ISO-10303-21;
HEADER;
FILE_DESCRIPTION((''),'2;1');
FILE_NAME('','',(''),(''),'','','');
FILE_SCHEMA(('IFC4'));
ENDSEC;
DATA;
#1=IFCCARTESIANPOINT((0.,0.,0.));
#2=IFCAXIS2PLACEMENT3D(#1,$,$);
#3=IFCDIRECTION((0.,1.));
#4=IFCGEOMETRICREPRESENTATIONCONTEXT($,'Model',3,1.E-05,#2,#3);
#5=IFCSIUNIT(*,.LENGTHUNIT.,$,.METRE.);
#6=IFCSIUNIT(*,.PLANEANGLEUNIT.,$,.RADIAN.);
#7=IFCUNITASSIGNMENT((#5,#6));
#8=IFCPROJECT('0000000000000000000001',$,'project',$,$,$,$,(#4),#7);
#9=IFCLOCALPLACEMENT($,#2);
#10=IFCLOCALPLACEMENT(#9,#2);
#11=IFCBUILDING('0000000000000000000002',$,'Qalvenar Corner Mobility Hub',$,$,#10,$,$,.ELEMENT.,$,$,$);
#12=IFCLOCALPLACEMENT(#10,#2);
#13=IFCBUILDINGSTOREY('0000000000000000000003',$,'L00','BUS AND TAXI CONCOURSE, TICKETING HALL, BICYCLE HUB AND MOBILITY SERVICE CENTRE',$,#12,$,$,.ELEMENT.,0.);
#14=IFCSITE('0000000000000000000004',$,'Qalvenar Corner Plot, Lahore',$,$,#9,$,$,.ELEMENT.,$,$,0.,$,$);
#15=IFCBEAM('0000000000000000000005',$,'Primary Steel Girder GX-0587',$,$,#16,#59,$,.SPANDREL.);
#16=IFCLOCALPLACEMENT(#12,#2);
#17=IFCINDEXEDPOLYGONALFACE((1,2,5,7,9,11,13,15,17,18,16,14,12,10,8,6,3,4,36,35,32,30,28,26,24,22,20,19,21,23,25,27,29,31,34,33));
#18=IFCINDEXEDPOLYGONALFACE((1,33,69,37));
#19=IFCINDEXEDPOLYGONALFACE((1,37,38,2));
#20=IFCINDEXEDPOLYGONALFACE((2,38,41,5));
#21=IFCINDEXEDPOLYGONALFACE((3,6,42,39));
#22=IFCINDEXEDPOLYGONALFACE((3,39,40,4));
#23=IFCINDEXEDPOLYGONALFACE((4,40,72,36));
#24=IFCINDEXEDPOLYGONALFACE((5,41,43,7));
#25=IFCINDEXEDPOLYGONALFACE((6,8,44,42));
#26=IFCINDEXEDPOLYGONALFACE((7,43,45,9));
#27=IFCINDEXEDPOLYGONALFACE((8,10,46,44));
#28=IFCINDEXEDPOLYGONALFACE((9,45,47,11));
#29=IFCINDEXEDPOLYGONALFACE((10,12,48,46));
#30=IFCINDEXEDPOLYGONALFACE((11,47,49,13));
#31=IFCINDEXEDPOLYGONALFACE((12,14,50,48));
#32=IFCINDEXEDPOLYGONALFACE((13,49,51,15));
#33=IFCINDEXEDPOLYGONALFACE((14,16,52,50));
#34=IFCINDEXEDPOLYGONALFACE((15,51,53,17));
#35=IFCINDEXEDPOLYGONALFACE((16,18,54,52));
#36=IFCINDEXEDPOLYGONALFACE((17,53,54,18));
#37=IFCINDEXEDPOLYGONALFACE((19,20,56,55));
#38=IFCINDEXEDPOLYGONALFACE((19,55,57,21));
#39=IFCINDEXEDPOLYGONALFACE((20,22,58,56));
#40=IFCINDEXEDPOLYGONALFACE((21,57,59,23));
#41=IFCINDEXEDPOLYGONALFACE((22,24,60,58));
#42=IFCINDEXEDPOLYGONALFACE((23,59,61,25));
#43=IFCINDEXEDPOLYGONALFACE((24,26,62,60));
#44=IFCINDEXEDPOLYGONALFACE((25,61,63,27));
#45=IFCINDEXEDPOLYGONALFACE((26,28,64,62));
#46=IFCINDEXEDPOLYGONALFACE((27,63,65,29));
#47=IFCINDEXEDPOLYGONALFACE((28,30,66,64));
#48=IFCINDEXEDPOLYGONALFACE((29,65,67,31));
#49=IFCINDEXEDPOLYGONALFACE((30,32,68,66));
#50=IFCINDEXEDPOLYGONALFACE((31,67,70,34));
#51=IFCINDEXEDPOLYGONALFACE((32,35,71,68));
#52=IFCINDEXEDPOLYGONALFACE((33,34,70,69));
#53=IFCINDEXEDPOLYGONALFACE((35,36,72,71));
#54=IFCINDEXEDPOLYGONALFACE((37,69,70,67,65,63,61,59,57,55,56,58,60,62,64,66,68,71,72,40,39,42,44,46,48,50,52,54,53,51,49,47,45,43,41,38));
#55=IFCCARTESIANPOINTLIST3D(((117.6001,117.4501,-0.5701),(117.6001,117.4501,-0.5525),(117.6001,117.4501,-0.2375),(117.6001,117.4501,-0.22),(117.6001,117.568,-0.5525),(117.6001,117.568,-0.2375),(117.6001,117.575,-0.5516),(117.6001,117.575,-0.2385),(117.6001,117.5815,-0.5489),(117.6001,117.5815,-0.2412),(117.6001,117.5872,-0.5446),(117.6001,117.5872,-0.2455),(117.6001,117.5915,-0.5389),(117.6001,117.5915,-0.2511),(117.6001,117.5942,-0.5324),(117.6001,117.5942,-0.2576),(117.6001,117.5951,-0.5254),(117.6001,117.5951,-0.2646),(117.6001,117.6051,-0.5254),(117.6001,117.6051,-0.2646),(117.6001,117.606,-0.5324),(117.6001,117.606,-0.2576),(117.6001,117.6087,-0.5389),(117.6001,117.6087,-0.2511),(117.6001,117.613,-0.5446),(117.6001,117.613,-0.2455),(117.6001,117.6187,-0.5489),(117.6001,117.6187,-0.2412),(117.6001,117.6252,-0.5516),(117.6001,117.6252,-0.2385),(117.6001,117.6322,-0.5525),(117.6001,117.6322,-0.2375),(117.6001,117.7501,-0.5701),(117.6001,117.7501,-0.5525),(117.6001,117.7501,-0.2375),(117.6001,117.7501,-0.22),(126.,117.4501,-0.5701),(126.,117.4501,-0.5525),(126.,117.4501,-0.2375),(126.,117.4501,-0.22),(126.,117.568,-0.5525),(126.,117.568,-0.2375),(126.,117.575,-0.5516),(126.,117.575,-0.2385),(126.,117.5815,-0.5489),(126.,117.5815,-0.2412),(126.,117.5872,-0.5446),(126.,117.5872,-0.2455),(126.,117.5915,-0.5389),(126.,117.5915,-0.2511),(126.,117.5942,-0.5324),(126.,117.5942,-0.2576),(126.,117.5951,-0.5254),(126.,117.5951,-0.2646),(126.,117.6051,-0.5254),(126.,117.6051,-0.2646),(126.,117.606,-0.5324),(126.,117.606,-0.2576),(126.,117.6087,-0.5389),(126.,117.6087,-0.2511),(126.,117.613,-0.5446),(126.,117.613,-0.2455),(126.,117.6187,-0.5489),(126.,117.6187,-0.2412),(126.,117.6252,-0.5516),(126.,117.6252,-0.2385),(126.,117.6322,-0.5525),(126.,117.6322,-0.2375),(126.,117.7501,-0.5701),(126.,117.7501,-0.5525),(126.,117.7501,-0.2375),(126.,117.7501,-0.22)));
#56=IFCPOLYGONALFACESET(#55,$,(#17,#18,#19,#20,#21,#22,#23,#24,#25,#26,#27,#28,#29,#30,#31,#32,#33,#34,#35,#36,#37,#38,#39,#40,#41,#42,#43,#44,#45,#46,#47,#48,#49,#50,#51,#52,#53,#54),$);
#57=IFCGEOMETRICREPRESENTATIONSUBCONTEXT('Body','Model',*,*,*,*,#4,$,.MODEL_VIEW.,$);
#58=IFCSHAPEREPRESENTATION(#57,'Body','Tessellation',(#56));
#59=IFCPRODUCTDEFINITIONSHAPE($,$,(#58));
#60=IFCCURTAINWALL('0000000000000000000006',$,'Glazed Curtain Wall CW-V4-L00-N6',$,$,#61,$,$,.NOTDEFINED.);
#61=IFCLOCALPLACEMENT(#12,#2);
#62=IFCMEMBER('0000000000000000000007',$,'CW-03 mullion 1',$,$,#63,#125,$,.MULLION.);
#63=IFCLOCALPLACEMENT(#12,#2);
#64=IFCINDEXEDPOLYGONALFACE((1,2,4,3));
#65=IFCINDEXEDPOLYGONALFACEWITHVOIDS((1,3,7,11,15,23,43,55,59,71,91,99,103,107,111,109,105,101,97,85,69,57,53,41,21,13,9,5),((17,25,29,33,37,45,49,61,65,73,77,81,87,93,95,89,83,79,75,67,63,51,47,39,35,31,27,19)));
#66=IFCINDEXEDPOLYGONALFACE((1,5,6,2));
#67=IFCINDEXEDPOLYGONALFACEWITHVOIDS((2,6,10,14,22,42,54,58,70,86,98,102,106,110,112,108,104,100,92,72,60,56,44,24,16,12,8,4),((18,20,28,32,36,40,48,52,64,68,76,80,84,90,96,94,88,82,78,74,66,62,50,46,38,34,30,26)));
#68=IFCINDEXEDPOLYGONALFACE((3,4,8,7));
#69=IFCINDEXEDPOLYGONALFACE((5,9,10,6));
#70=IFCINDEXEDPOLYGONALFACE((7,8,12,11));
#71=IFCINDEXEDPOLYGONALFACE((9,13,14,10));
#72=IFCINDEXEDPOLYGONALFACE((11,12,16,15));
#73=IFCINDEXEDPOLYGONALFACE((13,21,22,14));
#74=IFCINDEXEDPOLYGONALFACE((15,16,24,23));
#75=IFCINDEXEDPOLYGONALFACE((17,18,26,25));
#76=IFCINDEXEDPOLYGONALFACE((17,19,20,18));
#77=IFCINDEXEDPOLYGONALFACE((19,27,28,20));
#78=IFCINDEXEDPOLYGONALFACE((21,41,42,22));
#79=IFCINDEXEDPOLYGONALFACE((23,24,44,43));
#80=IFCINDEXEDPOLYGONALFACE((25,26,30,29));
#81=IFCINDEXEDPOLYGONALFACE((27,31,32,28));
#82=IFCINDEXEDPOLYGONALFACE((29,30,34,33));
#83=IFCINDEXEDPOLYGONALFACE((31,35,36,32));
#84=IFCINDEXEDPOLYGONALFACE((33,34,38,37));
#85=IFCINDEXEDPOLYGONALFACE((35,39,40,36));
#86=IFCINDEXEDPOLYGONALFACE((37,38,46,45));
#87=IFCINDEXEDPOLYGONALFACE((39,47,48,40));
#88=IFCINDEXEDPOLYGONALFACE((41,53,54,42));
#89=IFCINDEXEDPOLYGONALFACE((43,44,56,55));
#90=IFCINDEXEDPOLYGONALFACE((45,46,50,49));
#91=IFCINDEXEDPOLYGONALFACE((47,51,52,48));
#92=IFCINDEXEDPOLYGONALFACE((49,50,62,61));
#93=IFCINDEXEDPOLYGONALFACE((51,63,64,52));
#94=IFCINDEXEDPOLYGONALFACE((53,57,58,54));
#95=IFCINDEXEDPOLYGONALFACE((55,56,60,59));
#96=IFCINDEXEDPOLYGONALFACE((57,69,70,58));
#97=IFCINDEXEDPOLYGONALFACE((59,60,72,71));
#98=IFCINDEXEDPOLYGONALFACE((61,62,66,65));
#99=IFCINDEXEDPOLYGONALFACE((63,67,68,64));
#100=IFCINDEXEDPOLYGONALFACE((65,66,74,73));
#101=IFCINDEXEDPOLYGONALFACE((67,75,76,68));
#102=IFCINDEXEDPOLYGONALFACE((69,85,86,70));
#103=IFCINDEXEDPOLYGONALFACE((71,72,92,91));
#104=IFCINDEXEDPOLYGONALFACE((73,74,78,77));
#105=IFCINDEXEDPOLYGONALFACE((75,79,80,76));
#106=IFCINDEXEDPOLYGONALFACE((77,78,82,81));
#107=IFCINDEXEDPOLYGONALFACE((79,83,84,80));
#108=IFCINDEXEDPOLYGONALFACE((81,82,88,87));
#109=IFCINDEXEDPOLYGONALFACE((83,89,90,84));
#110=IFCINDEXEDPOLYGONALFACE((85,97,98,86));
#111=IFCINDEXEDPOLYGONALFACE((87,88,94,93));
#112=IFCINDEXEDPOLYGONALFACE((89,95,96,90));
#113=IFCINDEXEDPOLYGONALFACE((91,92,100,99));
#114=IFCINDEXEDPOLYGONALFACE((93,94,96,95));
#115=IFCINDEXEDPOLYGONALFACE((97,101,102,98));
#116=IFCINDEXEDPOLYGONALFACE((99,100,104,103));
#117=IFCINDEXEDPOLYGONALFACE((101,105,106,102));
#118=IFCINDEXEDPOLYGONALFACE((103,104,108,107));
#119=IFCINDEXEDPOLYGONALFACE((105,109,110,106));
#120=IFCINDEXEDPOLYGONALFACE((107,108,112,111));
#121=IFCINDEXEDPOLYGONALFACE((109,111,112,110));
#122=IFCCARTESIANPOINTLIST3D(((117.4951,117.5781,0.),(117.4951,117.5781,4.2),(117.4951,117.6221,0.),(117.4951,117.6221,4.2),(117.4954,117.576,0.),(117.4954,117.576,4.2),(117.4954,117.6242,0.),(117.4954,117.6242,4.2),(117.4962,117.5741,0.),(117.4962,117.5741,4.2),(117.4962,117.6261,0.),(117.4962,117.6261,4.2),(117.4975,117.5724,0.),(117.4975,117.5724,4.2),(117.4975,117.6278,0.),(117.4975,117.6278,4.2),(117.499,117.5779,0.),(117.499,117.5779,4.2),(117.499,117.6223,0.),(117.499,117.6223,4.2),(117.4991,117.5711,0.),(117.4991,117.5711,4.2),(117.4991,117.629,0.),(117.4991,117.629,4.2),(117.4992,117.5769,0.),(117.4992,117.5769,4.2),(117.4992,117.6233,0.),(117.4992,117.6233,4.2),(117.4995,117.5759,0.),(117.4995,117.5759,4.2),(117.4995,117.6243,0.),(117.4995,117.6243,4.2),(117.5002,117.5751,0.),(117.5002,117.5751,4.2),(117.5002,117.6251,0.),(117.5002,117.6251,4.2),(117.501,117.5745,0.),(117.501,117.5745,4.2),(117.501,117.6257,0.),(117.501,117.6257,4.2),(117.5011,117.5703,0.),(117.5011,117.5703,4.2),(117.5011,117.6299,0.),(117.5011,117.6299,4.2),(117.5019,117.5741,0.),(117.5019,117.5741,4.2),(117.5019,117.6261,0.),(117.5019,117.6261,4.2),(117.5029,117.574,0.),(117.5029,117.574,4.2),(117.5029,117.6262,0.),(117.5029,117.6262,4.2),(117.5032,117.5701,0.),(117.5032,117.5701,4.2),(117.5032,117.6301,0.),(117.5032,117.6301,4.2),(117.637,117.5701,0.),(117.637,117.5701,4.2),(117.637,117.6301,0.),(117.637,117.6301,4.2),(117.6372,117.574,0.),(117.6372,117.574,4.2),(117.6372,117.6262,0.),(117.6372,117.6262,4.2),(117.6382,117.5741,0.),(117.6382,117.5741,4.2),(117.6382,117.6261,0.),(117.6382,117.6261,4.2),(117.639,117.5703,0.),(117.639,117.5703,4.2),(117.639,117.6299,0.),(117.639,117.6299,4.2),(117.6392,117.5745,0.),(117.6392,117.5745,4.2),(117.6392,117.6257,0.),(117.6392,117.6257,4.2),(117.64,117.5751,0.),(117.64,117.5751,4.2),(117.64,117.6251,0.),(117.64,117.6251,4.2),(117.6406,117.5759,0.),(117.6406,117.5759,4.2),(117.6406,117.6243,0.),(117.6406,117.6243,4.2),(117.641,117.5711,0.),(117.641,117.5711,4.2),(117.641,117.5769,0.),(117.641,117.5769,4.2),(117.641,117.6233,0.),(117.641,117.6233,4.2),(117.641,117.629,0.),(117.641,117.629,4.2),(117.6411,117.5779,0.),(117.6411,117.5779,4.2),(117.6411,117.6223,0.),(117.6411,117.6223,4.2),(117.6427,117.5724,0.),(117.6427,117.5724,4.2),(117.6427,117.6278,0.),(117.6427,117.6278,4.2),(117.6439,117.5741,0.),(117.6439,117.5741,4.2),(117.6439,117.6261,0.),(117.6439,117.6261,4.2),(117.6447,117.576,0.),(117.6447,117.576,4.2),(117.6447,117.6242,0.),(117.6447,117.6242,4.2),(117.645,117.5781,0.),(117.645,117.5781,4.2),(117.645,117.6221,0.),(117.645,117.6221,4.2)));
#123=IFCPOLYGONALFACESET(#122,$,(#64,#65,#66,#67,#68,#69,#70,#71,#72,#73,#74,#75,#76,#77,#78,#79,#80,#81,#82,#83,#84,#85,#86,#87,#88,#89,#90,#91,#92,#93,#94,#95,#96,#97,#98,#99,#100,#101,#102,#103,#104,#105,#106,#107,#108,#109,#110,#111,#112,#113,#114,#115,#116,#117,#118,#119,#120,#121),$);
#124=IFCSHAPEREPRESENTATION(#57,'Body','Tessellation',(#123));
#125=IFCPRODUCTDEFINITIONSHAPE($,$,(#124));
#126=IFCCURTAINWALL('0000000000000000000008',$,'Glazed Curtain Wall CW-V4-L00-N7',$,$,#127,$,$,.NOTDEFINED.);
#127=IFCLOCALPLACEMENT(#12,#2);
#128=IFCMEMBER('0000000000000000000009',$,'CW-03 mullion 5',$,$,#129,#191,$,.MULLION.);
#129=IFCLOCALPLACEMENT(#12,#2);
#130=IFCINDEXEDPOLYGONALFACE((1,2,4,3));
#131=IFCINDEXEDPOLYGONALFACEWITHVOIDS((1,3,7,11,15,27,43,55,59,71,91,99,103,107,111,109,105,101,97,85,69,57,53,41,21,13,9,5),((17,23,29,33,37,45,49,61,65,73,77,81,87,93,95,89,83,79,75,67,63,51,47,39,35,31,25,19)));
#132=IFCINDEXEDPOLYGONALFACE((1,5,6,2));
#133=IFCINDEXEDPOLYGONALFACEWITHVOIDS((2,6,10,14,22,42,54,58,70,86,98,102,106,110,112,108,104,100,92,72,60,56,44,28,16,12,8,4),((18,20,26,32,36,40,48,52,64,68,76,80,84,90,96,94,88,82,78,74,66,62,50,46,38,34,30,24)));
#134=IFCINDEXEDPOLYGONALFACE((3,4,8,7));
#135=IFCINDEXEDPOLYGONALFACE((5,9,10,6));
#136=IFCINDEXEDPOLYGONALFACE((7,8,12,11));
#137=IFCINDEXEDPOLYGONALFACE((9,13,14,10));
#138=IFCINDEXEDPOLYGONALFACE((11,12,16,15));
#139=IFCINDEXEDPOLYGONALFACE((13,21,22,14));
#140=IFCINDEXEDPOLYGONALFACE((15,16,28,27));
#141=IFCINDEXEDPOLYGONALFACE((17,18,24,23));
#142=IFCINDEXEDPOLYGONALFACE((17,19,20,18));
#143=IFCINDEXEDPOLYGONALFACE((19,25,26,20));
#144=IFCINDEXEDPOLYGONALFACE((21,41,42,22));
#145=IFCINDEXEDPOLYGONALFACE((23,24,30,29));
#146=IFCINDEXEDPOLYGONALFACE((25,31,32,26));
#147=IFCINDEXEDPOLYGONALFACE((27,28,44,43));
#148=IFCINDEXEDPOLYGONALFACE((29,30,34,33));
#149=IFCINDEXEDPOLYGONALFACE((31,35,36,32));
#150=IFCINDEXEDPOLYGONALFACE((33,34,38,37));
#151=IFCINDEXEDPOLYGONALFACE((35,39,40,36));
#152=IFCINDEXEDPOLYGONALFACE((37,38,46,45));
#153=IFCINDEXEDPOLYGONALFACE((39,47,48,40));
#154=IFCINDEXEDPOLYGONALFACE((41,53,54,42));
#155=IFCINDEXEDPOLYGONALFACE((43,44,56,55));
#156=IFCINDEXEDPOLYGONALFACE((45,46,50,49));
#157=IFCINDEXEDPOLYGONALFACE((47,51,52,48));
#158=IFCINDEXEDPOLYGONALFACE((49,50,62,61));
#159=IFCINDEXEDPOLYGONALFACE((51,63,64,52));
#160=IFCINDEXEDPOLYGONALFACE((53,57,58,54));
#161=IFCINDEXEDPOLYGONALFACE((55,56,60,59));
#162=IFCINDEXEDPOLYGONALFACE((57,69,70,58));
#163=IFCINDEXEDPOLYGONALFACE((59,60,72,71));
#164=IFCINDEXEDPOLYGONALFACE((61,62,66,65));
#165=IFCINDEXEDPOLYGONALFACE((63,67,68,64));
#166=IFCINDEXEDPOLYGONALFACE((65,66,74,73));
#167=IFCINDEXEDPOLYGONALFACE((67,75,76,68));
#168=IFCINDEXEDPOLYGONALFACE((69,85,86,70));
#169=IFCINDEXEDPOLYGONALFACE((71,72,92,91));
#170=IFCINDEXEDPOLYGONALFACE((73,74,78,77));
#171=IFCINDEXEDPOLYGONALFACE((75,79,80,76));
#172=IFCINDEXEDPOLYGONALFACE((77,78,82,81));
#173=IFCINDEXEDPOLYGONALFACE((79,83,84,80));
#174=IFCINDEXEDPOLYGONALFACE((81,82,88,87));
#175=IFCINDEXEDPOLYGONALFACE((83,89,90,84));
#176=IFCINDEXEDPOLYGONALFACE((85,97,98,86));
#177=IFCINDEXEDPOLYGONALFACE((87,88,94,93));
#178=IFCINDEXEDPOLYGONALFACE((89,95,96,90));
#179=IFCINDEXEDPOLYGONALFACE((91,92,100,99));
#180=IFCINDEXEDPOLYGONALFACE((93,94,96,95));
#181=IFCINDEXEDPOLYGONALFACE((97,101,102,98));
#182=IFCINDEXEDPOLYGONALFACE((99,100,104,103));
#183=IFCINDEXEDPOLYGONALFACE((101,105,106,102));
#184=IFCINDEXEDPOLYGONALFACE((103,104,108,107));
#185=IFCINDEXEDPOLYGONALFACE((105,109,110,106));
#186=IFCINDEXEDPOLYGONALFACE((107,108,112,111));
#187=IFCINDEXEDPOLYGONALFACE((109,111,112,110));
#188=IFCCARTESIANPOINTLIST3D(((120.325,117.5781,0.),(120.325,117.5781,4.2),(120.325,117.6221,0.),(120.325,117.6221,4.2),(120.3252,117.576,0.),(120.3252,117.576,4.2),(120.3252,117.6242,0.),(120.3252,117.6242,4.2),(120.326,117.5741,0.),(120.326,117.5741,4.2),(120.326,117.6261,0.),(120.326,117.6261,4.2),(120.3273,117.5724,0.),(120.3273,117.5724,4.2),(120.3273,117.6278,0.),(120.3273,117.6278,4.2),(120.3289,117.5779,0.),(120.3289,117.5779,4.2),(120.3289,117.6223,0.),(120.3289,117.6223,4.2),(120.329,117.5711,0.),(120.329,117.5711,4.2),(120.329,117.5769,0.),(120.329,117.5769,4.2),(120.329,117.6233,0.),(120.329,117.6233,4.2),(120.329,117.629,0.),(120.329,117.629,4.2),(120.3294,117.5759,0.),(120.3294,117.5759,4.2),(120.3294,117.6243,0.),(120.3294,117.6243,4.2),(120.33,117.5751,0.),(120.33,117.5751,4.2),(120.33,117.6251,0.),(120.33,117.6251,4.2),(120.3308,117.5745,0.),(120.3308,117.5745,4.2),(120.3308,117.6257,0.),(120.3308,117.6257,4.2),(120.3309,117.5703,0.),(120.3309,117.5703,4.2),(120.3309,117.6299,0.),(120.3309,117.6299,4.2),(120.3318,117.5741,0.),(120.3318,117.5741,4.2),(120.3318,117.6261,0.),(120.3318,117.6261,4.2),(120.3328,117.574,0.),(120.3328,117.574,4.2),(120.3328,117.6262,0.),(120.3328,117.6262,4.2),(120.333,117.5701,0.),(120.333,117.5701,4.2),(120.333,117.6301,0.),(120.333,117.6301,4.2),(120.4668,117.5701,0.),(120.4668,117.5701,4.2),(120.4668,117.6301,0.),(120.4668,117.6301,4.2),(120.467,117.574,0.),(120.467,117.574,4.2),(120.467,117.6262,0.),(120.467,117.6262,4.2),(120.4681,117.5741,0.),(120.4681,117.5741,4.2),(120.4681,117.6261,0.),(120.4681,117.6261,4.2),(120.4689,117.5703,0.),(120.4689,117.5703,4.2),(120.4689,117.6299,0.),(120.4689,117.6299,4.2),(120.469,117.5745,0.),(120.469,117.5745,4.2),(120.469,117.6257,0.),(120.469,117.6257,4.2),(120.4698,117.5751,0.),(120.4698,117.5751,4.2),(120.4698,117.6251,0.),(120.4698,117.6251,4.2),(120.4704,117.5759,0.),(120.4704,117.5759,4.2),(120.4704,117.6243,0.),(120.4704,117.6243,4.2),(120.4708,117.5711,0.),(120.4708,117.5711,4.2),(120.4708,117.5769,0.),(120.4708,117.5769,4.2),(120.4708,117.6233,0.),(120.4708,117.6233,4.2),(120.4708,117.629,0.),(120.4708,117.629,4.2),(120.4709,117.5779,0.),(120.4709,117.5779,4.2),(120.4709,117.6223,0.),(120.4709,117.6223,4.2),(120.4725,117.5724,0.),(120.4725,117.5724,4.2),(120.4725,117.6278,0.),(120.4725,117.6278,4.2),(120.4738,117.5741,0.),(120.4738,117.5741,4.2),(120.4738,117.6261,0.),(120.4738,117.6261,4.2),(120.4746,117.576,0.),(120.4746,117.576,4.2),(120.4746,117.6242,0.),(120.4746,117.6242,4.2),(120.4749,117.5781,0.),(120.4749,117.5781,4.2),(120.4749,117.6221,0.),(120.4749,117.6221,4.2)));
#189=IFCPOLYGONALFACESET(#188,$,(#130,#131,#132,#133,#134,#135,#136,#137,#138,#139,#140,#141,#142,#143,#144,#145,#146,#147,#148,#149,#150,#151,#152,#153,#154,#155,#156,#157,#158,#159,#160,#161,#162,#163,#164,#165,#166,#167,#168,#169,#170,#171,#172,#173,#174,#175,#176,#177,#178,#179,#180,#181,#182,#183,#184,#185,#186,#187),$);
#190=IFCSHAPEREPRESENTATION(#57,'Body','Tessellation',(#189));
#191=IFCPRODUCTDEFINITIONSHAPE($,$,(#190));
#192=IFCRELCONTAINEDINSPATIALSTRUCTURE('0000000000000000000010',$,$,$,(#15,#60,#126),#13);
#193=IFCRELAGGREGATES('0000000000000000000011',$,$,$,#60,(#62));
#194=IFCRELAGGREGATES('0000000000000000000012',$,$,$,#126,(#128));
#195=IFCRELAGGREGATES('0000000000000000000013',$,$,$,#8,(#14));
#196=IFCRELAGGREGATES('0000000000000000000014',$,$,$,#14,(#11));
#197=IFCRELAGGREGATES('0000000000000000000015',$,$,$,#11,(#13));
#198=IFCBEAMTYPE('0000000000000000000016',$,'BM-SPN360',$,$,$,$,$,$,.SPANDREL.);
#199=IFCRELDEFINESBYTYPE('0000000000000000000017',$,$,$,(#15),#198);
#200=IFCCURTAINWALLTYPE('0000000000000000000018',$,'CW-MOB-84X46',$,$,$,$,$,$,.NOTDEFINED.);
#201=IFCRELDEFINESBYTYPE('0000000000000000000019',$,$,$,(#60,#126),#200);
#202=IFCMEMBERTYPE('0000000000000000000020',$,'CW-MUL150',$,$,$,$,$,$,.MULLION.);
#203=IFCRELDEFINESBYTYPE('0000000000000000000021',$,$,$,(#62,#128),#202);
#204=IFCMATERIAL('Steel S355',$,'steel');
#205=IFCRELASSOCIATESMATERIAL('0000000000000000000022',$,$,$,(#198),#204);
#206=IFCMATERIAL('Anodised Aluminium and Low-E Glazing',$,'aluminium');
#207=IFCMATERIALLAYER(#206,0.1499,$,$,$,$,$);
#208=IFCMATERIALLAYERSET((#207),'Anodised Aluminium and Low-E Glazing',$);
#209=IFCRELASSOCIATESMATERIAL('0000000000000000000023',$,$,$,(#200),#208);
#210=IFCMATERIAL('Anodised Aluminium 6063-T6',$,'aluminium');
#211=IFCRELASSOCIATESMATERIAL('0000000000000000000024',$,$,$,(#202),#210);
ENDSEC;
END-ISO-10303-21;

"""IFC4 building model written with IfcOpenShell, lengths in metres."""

from ifc_helpers import new_model, si_unit, direction, frame, origin, origin_2d, place, context, subcontext, project, spatial, hollow_rectangle, i_section, extrude, material, layer, layer_set, material_profile, profile_set, type_object, element, aggregate, save


model = new_model("IFC4")

# Units and contexts
model_context = context("Model", 3, precision=1e-05, world=origin(), true_north=direction((0.0, 1.0)))
body_context = subcontext(model_context, "Body", "Model", "MODEL_VIEW")
ifc_project = project(units=[si_unit("LENGTHUNIT", "METRE"), si_unit("PLANEANGLEUNIT", "RADIAN")], contexts=[model_context])

# Site, building, storey
site_placement = place(None, origin())
site = spatial("IfcSite", under=ifc_project, at=site_placement, Name="Qalvenar Corner Plot, Lahore", CompositionType="ELEMENT", RefElevation=0.0)
building_placement = place(site_placement, origin())
building = spatial("IfcBuilding", under=site, at=building_placement, Name="Qalvenar Corner Mobility Hub", CompositionType="ELEMENT")
storey_placement = place(building_placement, origin())
storey = spatial("IfcBuildingStorey", under=building, at=storey_placement, Name="L00", Description="BUS AND TAXI CONCOURSE, TICKETING HALL, BICYCLE HUB AND MOBILITY SERVICE CENTRE", CompositionType="ELEMENT", Elevation=0.0)

# Shared definitions
ifc_material_1 = material(Name="Steel S355", Category="steel")

# Beam
ifc_material_profile_1 = material_profile(ifc_material_1, i_section(OverallWidth=0.3, OverallDepth=0.3501, WebThickness=0.01, FlangeThickness=0.0176, FilletRadius=0.0271, at=origin_2d()), Name="HEA360")
ifc_profile_set_1 = profile_set([ifc_material_profile_1], Name="Steel S355")
beam_type_1 = type_object("IfcBeamType", Name="BM-SPN360", PredefinedType="SPANDREL", material=ifc_profile_set_1)
beam_placement = place(storey_placement, frame((117.6001, 117.6001, -0.395), z_axis=(1.0, 0.0, 0.0), x_axis=(0.0, 1.0, 0.0)))
element("IfcBeam", 1, at=beam_placement, inside=storey, type_object=beam_type_1, Name="Primary Steel Girder GX-0587", PredefinedType="SPANDREL", context=body_context, shape_type="SweptSolid", body=[
    extrude(i_section(OverallWidth=0.3, OverallDepth=0.3501, WebThickness=0.01, FlangeThickness=0.0176, FilletRadius=0.0271, at=origin_2d()), origin(), (0.0, 0.0, 1.0), 8.3999),
])

# Curtain wall, member
ifc_material_2 = material(Name="Anodised Aluminium and Low-E Glazing", Category="aluminium")
ifc_layer_1 = layer(ifc_material_2, 0.1499)
ifc_layer_set_1 = layer_set([ifc_layer_1], Name="Anodised Aluminium and Low-E Glazing")
curtain_wall_type = type_object("IfcCurtainWallType", Name="CW-MOB-84X46", PredefinedType="NOTDEFINED", material=ifc_layer_set_1)
curtain_wall_1_placement = place(storey_placement, origin())
curtain_wall_1 = element("IfcCurtainWall", 2, at=curtain_wall_1_placement, inside=storey, type_object=curtain_wall_type, Name="Glazed Curtain Wall CW-V4-L00-N6", PredefinedType="NOTDEFINED")
ifc_material_3 = material(Name="Anodised Aluminium 6063-T6", Category="aluminium")
ifc_material_profile_2 = material_profile(ifc_material_3, hollow_rectangle(XDim=0.0601, YDim=0.1499, WallThickness=0.0039, InnerFilletRadius=0.0039, OuterFilletRadius=0.0081, at=origin_2d()), Name="RHS150x60x4")
ifc_profile_set_2 = profile_set([ifc_material_profile_2], Name="Anodised Aluminium 6063-T6")
member_type_1 = type_object("IfcMemberType", Name="CW-MUL150", PredefinedType="MULLION", material=ifc_profile_set_2)
member_1_placement = place(storey_placement, frame((117.5701, 117.6001, 0.0), z_axis=(0.0, 0.0, 1.0), x_axis=(0.0, -1.0, 0.0)))
member_1 = element("IfcMember", 3, at=member_1_placement, type_object=member_type_1, Name="CW-03 mullion 1", PredefinedType="MULLION", context=body_context, shape_type="SweptSolid", body=[
    extrude(hollow_rectangle(XDim=0.0601, YDim=0.1499, WallThickness=0.0039, InnerFilletRadius=0.0039, OuterFilletRadius=0.0081, at=origin_2d()), origin(), (0.0, 0.0, 1.0), 4.2),
])
aggregate(curtain_wall_1, [member_1])

# Curtain wall, member
curtain_wall_2_placement = place(storey_placement, origin())
curtain_wall_2 = element("IfcCurtainWall", 4, at=curtain_wall_2_placement, inside=storey, type_object=curtain_wall_type, Name="Glazed Curtain Wall CW-V4-L00-N7", PredefinedType="NOTDEFINED")
member_2_placement = place(storey_placement, frame((120.3999, 117.6001, 0.0), z_axis=(0.0, 0.0, 1.0), x_axis=(0.0, -1.0, 0.0)))
member_2 = element("IfcMember", 5, at=member_2_placement, type_object=member_type_1, Name="CW-03 mullion 5", PredefinedType="MULLION", context=body_context, shape_type="SweptSolid", body=[
    extrude(hollow_rectangle(XDim=0.0601, YDim=0.1499, WallThickness=0.0039, InnerFilletRadius=0.0039, OuterFilletRadius=0.0081, at=origin_2d()), origin(), (0.0, 0.0, 1.0), 4.2),
])
aggregate(curtain_wall_2, [member_2])

save(model, "model.ifc")
